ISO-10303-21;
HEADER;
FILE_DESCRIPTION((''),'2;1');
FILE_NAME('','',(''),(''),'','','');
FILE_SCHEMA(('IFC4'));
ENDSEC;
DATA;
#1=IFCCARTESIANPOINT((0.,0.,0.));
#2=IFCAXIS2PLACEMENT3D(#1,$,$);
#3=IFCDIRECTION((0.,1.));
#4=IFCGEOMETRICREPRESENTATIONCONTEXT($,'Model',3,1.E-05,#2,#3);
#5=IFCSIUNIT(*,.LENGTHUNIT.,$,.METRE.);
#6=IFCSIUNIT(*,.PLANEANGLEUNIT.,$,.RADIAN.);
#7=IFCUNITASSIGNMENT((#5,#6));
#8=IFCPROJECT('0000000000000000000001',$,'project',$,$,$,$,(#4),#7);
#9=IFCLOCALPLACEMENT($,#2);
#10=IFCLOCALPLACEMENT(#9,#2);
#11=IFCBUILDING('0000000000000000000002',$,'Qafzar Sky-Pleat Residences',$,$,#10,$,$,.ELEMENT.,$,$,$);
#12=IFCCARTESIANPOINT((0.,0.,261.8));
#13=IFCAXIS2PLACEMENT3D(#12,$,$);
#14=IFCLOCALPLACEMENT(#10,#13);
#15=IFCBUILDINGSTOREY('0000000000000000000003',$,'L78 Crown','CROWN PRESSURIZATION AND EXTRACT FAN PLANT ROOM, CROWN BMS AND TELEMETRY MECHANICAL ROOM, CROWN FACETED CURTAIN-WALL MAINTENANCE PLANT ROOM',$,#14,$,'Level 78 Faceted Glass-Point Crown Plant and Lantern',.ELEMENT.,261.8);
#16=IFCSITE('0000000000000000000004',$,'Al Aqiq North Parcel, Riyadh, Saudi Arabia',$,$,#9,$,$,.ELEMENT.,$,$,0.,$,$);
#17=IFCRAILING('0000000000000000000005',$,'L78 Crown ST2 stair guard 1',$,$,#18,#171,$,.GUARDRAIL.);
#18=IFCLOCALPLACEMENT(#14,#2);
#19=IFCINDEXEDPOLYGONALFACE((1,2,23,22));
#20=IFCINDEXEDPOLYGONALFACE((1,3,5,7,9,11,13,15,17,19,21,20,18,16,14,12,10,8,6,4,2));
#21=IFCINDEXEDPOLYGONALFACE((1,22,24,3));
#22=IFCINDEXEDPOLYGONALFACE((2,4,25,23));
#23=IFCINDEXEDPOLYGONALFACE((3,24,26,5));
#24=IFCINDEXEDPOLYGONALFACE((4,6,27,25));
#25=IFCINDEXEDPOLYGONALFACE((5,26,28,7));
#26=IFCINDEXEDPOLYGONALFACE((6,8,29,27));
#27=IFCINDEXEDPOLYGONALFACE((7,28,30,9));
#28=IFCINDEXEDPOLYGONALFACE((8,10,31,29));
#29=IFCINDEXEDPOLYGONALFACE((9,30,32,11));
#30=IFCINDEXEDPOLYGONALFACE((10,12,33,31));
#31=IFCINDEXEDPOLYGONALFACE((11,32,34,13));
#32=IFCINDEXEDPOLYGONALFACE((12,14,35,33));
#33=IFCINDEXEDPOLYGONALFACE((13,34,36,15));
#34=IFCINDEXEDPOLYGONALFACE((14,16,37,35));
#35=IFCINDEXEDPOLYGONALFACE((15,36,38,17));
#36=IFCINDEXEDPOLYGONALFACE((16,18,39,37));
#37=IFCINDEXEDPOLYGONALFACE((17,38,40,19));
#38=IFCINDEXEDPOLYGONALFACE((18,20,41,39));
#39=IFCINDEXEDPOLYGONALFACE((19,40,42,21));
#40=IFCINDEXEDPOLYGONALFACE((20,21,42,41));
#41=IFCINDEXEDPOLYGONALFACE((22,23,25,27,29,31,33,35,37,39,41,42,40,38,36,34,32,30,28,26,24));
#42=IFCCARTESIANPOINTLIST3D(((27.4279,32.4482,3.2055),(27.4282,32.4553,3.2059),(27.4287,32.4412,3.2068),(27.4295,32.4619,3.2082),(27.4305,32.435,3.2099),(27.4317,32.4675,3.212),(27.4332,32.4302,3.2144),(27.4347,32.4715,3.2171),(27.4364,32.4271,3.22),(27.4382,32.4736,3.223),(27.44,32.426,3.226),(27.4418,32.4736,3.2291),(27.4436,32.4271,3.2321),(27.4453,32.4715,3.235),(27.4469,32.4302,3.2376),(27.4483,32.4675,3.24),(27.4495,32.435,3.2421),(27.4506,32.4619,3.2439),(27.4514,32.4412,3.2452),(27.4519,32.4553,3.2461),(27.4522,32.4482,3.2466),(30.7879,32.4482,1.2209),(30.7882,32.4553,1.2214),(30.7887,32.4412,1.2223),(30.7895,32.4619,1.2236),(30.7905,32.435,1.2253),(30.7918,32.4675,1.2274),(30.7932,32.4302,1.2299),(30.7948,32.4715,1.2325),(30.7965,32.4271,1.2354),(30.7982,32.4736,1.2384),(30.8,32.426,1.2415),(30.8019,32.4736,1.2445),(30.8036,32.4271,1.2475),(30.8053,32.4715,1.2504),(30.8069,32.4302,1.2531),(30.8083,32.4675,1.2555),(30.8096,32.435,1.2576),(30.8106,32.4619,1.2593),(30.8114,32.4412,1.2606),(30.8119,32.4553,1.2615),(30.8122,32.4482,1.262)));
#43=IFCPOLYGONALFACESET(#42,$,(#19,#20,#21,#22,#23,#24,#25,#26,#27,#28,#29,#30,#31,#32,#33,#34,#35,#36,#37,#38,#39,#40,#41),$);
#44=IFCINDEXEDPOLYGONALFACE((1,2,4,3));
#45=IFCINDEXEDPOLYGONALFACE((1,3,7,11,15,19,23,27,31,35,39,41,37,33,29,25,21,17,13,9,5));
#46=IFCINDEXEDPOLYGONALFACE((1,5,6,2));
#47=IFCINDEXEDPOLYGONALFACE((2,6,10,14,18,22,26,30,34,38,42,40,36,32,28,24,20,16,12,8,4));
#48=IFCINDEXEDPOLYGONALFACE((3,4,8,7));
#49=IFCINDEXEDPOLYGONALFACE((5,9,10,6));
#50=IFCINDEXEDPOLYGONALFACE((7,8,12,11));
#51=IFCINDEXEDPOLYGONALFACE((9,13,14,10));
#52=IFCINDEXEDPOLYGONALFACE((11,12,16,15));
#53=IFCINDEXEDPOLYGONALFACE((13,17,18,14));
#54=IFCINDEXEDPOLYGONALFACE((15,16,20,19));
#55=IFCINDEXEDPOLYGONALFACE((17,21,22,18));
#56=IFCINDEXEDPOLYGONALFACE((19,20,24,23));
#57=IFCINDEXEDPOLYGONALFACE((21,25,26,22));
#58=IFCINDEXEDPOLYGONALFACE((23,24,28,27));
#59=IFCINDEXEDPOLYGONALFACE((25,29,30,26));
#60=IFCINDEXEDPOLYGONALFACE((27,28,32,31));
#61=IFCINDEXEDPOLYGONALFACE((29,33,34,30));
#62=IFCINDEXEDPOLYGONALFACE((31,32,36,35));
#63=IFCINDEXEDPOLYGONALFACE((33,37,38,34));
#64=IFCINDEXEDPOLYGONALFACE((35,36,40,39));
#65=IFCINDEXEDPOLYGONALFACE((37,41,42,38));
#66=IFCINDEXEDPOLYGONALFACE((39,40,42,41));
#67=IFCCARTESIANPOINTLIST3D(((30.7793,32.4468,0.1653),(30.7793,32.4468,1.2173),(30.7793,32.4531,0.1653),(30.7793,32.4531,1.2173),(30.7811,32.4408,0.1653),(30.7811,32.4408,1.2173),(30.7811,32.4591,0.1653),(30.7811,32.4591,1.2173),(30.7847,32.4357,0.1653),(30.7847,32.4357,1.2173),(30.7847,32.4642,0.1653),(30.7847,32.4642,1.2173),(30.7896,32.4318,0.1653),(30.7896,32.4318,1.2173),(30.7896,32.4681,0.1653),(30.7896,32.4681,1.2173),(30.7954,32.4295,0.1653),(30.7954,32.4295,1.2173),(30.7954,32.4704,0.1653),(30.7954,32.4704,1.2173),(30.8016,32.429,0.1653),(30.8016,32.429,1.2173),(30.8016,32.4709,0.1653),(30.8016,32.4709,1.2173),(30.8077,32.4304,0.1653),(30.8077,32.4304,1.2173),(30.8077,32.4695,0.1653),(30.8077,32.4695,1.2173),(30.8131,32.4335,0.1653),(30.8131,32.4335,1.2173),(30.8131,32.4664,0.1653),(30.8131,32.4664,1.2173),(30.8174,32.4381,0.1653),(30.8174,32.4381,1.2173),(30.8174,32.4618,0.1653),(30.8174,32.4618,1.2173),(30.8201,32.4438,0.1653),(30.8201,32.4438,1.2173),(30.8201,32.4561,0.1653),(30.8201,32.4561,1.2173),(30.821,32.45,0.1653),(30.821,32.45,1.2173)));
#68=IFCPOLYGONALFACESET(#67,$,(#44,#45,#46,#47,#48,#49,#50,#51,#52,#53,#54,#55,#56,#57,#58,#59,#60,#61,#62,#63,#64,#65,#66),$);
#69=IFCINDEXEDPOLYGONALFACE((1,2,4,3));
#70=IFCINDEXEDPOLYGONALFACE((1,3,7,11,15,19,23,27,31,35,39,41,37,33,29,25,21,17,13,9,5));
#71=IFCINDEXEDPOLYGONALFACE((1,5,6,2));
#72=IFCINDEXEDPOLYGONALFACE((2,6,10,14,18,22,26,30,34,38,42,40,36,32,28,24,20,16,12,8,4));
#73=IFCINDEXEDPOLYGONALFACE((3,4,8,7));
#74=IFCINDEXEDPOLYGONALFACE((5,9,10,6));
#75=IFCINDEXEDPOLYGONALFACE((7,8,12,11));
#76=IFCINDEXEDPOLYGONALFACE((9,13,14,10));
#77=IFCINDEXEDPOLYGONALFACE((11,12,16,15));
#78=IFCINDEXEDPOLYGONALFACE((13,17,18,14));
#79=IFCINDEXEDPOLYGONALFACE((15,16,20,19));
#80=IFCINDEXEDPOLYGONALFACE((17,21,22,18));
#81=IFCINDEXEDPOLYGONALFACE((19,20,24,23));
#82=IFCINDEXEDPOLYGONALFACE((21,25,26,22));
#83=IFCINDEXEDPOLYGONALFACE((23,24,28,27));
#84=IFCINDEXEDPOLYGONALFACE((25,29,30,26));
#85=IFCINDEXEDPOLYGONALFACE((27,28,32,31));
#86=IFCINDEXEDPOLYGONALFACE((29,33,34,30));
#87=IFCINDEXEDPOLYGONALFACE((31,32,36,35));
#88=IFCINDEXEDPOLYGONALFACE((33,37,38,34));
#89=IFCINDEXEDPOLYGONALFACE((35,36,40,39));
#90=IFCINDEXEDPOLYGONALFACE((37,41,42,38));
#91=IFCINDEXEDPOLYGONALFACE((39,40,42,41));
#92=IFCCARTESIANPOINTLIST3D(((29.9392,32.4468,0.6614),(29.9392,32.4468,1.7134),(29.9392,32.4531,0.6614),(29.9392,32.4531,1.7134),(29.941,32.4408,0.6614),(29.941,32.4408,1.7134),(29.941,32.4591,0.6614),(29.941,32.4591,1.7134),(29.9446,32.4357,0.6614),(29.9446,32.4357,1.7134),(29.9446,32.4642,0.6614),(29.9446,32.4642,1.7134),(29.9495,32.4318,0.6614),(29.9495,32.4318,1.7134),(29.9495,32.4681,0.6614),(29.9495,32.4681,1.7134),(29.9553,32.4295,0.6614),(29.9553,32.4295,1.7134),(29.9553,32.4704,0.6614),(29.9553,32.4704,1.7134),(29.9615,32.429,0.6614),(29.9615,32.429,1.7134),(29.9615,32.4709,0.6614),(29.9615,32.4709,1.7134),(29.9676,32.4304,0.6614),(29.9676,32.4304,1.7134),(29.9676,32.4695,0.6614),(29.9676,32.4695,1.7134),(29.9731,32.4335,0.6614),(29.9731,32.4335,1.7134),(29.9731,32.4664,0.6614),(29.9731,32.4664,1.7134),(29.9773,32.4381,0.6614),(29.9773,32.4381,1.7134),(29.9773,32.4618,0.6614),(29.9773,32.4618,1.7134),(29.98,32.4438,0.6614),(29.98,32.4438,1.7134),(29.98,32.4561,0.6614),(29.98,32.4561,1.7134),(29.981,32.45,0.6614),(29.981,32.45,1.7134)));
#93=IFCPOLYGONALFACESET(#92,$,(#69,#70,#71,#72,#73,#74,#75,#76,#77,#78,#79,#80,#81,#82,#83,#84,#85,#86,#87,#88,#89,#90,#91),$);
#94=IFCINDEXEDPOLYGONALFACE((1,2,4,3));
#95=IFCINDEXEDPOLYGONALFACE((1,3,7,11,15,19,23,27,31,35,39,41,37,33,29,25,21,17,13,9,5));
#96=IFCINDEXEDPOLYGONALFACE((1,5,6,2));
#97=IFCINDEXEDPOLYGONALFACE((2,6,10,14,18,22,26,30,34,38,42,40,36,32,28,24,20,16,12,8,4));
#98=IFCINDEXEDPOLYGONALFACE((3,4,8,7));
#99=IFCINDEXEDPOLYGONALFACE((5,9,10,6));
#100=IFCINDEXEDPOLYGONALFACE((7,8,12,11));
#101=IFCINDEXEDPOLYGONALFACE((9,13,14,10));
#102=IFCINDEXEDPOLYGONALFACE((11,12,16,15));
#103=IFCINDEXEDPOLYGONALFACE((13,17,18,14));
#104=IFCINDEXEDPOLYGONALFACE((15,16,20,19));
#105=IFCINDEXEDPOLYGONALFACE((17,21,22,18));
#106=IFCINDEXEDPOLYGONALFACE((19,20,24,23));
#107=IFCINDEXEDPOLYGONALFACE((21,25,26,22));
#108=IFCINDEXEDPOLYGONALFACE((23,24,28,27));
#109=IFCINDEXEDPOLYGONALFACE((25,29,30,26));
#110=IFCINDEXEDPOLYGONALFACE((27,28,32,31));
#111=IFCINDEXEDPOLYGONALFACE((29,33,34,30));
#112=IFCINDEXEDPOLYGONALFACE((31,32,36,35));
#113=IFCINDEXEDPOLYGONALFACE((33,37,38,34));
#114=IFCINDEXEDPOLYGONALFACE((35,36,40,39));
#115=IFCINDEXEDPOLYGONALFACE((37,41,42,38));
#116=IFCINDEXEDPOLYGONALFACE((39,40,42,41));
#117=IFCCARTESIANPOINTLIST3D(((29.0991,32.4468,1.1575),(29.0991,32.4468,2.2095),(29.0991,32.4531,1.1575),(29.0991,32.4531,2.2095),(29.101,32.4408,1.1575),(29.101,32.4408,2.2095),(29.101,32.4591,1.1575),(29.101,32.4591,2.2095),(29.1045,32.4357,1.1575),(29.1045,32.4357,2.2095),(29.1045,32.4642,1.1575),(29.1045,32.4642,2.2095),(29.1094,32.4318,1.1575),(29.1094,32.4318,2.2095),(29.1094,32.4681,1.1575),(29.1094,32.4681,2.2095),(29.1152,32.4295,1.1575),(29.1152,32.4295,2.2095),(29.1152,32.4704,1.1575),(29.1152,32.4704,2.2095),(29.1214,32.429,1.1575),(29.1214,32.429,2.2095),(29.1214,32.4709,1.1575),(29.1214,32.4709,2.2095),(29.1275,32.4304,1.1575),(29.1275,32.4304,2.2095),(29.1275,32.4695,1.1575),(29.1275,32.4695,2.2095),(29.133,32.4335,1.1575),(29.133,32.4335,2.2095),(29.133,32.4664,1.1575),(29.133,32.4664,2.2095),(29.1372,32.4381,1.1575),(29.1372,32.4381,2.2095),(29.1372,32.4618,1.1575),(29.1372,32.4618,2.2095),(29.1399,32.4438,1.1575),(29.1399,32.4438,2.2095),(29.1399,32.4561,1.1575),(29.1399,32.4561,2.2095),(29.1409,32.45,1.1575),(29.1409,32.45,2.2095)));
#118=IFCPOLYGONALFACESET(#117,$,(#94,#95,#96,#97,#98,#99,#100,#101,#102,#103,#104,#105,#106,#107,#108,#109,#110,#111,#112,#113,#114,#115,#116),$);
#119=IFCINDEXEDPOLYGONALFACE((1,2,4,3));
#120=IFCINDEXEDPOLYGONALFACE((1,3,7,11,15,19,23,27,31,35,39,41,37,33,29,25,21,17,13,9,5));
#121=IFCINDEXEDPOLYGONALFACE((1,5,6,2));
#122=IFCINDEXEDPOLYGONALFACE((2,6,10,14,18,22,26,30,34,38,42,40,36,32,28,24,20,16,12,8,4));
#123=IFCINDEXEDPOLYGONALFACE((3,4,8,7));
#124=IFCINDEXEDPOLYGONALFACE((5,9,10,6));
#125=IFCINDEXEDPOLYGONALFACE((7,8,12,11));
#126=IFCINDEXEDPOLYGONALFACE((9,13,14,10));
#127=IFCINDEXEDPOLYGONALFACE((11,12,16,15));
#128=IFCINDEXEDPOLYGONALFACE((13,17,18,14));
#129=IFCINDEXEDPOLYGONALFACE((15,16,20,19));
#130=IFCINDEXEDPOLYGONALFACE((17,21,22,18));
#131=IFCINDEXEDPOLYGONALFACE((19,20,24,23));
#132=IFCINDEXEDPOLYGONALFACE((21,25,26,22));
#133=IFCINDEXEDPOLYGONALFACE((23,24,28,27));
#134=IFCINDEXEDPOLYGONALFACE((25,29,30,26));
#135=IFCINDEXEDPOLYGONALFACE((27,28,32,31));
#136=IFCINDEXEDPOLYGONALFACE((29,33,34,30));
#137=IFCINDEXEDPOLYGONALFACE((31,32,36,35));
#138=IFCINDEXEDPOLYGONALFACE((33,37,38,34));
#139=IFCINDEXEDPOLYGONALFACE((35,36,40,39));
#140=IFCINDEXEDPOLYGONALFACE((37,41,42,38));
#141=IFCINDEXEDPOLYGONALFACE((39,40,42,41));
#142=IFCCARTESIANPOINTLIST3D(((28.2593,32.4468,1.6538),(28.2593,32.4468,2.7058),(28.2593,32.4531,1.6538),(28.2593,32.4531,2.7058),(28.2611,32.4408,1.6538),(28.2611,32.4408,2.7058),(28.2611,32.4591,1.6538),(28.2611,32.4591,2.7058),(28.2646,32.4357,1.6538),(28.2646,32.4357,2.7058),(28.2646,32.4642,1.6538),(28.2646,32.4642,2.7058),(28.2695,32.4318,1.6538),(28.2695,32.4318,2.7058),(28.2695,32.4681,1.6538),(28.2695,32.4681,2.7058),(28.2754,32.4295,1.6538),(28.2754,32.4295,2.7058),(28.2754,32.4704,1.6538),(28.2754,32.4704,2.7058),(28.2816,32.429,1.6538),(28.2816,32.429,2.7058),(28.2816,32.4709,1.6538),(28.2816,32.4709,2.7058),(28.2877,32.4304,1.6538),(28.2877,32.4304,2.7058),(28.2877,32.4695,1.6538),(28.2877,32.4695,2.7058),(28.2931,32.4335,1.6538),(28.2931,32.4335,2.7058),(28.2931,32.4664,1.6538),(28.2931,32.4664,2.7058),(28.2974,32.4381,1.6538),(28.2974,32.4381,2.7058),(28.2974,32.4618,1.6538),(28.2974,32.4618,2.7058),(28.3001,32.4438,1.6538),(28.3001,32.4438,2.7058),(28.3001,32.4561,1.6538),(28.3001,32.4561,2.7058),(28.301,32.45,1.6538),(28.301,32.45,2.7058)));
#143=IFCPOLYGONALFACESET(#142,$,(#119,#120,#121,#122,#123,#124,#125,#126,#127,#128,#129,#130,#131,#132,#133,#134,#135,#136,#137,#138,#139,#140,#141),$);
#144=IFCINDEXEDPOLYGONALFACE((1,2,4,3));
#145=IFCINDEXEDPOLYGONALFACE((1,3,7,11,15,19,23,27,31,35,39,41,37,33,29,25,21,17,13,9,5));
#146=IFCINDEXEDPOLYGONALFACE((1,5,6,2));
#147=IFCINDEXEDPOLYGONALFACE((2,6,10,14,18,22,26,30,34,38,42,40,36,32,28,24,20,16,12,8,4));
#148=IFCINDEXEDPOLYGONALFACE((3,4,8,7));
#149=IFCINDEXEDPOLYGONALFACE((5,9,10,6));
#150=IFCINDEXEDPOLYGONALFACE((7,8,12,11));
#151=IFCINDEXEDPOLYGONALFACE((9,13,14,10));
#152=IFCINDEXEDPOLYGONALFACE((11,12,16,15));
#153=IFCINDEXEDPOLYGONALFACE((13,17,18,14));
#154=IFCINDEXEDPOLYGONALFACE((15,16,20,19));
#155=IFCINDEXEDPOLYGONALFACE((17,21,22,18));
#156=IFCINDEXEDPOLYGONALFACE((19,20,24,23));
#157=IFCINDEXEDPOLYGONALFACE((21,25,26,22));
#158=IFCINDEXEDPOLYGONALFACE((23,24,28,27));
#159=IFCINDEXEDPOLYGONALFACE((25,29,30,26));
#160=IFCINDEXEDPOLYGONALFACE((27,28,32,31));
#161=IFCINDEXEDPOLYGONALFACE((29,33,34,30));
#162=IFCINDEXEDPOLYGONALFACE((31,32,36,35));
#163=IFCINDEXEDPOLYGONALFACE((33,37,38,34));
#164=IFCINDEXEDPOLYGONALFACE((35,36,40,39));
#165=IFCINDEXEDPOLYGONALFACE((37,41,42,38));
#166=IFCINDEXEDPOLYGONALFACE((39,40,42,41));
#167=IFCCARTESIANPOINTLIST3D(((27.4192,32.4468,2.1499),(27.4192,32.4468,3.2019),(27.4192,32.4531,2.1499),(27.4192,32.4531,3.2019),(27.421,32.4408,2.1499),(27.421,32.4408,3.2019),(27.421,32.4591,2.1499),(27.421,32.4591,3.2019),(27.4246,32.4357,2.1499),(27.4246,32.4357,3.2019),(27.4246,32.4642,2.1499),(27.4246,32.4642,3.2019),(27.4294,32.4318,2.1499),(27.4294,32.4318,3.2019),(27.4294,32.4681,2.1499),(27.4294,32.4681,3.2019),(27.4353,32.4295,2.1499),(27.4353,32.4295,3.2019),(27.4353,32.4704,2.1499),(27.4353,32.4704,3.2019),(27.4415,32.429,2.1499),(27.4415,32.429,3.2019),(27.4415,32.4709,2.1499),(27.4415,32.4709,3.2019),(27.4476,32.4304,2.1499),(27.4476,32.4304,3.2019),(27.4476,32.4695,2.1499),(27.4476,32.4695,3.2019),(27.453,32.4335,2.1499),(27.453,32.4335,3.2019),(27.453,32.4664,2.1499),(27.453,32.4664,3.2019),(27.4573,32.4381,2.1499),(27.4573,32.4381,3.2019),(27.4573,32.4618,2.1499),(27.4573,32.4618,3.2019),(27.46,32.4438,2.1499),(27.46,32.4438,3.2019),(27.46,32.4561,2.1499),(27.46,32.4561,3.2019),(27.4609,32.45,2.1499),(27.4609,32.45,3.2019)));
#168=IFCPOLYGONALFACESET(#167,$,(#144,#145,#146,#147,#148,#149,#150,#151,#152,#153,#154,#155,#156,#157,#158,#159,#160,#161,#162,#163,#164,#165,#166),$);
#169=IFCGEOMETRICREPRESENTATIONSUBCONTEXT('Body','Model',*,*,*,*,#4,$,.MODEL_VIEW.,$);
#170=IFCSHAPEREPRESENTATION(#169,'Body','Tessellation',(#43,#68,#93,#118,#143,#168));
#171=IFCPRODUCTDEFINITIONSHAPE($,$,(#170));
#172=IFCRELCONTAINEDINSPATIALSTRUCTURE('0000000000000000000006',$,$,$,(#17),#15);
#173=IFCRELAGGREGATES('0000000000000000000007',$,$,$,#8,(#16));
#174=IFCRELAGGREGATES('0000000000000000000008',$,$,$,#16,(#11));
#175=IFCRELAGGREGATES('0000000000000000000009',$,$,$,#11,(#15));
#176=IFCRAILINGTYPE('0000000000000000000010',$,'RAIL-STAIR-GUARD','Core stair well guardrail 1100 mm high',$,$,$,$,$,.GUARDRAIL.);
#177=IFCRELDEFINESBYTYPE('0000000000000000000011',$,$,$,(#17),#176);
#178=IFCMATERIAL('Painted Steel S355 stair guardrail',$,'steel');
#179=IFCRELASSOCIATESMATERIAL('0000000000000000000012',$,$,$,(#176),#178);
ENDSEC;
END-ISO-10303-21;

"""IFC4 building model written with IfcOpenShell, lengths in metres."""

from ifc_helpers import new_model, si_unit, direction, frame, origin, origin_2d, place, context, subcontext, project, spatial, circle, extrude, source, transform, mapped, material, type_object, element, save


model = new_model("IFC4")

# Units and contexts
model_context = context("Model", 3, precision=1e-05, world=origin(), true_north=direction((0.0, 1.0)))
body_context = subcontext(model_context, "Body", "Model", "MODEL_VIEW")
ifc_project = project(units=[si_unit("LENGTHUNIT", "METRE"), si_unit("PLANEANGLEUNIT", "RADIAN")], contexts=[model_context])

# Site, building, storey
site_placement = place(None, origin())
site = spatial("IfcSite", under=ifc_project, at=site_placement, Name="Al Aqiq North Parcel, Riyadh, Saudi Arabia", CompositionType="ELEMENT", RefElevation=0.0)
building_placement = place(site_placement, origin())
building = spatial("IfcBuilding", under=site, at=building_placement, Name="Qafzar Sky-Pleat Residences", CompositionType="ELEMENT")
storey_placement = place(building_placement, frame((0.0, 0.0, 261.8)))
storey = spatial("IfcBuildingStorey", under=building, at=storey_placement, Name="L78 Crown", Description="CROWN PRESSURIZATION AND EXTRACT FAN PLANT ROOM, CROWN BMS AND TELEMETRY MECHANICAL ROOM, CROWN FACETED CURTAIN-WALL MAINTENANCE PLANT ROOM", LongName="Level 78 Faceted Glass-Point Crown Plant and Lantern", CompositionType="ELEMENT", Elevation=261.8)

# Railing
ifc_material_1 = material(Name="Painted Steel S355 stair guardrail", Category="steel")
railing_type_1 = type_object("IfcRailingType", Name="RAIL-STAIR-GUARD", Description="Core stair well guardrail 1100 mm high", PredefinedType="GUARDRAIL", material=ifc_material_1)
shared_shape_1 = source(origin(), body_context, "Body", "SweptSolid", [
    extrude(circle(Radius=0.0239, at=origin_2d()), frame((0.0, 0.0, 1.0762), z_axis=(-0.861027, 0.0, 0.508559), x_axis=(0.0, -1.0, 0.0)), (0.0, 0.0, 1.0), 3.9023),
    extrude(circle(Radius=0.021, at=origin_2d()), origin(), (0.0, 0.0, 1.0), 1.052),
    extrude(circle(Radius=0.021, at=origin_2d()), frame((-0.8401, 0.0, 0.4961)), (0.0, 0.0, 1.0), 1.052),
    extrude(circle(Radius=0.021, at=origin_2d()), frame((-1.6802, 0.0, 0.9922)), (0.0, 0.0, 1.0), 1.052),
    extrude(circle(Radius=0.021, at=origin_2d()), frame((-2.52, 0.0, 1.4885)), (0.0, 0.0, 1.0), 1.052),
    extrude(circle(Radius=0.021, at=origin_2d()), frame((-3.3601, 0.0, 1.9846)), (0.0, 0.0, 1.0), 1.052),
])
railing_1_placement = place(storey_placement, frame((30.8, 32.45, 0.1653)))
element("IfcRailing", 1, at=railing_1_placement, inside=storey, type_object=railing_type_1, Name="L78 Crown ST2 stair guard 1", PredefinedType="GUARDRAIL", context=body_context, shape_type="MappedRepresentation", body=[
    mapped(shared_shape_1, transform((0.0, 0.0, 0.0), x_axis=(1.0, 0.0, 0.0), y_axis=(0.0, 1.0, 0.0), z_axis=(0.0, 0.0, 1.0), scale=1.0)),
])

save(model, "model.ifc")
